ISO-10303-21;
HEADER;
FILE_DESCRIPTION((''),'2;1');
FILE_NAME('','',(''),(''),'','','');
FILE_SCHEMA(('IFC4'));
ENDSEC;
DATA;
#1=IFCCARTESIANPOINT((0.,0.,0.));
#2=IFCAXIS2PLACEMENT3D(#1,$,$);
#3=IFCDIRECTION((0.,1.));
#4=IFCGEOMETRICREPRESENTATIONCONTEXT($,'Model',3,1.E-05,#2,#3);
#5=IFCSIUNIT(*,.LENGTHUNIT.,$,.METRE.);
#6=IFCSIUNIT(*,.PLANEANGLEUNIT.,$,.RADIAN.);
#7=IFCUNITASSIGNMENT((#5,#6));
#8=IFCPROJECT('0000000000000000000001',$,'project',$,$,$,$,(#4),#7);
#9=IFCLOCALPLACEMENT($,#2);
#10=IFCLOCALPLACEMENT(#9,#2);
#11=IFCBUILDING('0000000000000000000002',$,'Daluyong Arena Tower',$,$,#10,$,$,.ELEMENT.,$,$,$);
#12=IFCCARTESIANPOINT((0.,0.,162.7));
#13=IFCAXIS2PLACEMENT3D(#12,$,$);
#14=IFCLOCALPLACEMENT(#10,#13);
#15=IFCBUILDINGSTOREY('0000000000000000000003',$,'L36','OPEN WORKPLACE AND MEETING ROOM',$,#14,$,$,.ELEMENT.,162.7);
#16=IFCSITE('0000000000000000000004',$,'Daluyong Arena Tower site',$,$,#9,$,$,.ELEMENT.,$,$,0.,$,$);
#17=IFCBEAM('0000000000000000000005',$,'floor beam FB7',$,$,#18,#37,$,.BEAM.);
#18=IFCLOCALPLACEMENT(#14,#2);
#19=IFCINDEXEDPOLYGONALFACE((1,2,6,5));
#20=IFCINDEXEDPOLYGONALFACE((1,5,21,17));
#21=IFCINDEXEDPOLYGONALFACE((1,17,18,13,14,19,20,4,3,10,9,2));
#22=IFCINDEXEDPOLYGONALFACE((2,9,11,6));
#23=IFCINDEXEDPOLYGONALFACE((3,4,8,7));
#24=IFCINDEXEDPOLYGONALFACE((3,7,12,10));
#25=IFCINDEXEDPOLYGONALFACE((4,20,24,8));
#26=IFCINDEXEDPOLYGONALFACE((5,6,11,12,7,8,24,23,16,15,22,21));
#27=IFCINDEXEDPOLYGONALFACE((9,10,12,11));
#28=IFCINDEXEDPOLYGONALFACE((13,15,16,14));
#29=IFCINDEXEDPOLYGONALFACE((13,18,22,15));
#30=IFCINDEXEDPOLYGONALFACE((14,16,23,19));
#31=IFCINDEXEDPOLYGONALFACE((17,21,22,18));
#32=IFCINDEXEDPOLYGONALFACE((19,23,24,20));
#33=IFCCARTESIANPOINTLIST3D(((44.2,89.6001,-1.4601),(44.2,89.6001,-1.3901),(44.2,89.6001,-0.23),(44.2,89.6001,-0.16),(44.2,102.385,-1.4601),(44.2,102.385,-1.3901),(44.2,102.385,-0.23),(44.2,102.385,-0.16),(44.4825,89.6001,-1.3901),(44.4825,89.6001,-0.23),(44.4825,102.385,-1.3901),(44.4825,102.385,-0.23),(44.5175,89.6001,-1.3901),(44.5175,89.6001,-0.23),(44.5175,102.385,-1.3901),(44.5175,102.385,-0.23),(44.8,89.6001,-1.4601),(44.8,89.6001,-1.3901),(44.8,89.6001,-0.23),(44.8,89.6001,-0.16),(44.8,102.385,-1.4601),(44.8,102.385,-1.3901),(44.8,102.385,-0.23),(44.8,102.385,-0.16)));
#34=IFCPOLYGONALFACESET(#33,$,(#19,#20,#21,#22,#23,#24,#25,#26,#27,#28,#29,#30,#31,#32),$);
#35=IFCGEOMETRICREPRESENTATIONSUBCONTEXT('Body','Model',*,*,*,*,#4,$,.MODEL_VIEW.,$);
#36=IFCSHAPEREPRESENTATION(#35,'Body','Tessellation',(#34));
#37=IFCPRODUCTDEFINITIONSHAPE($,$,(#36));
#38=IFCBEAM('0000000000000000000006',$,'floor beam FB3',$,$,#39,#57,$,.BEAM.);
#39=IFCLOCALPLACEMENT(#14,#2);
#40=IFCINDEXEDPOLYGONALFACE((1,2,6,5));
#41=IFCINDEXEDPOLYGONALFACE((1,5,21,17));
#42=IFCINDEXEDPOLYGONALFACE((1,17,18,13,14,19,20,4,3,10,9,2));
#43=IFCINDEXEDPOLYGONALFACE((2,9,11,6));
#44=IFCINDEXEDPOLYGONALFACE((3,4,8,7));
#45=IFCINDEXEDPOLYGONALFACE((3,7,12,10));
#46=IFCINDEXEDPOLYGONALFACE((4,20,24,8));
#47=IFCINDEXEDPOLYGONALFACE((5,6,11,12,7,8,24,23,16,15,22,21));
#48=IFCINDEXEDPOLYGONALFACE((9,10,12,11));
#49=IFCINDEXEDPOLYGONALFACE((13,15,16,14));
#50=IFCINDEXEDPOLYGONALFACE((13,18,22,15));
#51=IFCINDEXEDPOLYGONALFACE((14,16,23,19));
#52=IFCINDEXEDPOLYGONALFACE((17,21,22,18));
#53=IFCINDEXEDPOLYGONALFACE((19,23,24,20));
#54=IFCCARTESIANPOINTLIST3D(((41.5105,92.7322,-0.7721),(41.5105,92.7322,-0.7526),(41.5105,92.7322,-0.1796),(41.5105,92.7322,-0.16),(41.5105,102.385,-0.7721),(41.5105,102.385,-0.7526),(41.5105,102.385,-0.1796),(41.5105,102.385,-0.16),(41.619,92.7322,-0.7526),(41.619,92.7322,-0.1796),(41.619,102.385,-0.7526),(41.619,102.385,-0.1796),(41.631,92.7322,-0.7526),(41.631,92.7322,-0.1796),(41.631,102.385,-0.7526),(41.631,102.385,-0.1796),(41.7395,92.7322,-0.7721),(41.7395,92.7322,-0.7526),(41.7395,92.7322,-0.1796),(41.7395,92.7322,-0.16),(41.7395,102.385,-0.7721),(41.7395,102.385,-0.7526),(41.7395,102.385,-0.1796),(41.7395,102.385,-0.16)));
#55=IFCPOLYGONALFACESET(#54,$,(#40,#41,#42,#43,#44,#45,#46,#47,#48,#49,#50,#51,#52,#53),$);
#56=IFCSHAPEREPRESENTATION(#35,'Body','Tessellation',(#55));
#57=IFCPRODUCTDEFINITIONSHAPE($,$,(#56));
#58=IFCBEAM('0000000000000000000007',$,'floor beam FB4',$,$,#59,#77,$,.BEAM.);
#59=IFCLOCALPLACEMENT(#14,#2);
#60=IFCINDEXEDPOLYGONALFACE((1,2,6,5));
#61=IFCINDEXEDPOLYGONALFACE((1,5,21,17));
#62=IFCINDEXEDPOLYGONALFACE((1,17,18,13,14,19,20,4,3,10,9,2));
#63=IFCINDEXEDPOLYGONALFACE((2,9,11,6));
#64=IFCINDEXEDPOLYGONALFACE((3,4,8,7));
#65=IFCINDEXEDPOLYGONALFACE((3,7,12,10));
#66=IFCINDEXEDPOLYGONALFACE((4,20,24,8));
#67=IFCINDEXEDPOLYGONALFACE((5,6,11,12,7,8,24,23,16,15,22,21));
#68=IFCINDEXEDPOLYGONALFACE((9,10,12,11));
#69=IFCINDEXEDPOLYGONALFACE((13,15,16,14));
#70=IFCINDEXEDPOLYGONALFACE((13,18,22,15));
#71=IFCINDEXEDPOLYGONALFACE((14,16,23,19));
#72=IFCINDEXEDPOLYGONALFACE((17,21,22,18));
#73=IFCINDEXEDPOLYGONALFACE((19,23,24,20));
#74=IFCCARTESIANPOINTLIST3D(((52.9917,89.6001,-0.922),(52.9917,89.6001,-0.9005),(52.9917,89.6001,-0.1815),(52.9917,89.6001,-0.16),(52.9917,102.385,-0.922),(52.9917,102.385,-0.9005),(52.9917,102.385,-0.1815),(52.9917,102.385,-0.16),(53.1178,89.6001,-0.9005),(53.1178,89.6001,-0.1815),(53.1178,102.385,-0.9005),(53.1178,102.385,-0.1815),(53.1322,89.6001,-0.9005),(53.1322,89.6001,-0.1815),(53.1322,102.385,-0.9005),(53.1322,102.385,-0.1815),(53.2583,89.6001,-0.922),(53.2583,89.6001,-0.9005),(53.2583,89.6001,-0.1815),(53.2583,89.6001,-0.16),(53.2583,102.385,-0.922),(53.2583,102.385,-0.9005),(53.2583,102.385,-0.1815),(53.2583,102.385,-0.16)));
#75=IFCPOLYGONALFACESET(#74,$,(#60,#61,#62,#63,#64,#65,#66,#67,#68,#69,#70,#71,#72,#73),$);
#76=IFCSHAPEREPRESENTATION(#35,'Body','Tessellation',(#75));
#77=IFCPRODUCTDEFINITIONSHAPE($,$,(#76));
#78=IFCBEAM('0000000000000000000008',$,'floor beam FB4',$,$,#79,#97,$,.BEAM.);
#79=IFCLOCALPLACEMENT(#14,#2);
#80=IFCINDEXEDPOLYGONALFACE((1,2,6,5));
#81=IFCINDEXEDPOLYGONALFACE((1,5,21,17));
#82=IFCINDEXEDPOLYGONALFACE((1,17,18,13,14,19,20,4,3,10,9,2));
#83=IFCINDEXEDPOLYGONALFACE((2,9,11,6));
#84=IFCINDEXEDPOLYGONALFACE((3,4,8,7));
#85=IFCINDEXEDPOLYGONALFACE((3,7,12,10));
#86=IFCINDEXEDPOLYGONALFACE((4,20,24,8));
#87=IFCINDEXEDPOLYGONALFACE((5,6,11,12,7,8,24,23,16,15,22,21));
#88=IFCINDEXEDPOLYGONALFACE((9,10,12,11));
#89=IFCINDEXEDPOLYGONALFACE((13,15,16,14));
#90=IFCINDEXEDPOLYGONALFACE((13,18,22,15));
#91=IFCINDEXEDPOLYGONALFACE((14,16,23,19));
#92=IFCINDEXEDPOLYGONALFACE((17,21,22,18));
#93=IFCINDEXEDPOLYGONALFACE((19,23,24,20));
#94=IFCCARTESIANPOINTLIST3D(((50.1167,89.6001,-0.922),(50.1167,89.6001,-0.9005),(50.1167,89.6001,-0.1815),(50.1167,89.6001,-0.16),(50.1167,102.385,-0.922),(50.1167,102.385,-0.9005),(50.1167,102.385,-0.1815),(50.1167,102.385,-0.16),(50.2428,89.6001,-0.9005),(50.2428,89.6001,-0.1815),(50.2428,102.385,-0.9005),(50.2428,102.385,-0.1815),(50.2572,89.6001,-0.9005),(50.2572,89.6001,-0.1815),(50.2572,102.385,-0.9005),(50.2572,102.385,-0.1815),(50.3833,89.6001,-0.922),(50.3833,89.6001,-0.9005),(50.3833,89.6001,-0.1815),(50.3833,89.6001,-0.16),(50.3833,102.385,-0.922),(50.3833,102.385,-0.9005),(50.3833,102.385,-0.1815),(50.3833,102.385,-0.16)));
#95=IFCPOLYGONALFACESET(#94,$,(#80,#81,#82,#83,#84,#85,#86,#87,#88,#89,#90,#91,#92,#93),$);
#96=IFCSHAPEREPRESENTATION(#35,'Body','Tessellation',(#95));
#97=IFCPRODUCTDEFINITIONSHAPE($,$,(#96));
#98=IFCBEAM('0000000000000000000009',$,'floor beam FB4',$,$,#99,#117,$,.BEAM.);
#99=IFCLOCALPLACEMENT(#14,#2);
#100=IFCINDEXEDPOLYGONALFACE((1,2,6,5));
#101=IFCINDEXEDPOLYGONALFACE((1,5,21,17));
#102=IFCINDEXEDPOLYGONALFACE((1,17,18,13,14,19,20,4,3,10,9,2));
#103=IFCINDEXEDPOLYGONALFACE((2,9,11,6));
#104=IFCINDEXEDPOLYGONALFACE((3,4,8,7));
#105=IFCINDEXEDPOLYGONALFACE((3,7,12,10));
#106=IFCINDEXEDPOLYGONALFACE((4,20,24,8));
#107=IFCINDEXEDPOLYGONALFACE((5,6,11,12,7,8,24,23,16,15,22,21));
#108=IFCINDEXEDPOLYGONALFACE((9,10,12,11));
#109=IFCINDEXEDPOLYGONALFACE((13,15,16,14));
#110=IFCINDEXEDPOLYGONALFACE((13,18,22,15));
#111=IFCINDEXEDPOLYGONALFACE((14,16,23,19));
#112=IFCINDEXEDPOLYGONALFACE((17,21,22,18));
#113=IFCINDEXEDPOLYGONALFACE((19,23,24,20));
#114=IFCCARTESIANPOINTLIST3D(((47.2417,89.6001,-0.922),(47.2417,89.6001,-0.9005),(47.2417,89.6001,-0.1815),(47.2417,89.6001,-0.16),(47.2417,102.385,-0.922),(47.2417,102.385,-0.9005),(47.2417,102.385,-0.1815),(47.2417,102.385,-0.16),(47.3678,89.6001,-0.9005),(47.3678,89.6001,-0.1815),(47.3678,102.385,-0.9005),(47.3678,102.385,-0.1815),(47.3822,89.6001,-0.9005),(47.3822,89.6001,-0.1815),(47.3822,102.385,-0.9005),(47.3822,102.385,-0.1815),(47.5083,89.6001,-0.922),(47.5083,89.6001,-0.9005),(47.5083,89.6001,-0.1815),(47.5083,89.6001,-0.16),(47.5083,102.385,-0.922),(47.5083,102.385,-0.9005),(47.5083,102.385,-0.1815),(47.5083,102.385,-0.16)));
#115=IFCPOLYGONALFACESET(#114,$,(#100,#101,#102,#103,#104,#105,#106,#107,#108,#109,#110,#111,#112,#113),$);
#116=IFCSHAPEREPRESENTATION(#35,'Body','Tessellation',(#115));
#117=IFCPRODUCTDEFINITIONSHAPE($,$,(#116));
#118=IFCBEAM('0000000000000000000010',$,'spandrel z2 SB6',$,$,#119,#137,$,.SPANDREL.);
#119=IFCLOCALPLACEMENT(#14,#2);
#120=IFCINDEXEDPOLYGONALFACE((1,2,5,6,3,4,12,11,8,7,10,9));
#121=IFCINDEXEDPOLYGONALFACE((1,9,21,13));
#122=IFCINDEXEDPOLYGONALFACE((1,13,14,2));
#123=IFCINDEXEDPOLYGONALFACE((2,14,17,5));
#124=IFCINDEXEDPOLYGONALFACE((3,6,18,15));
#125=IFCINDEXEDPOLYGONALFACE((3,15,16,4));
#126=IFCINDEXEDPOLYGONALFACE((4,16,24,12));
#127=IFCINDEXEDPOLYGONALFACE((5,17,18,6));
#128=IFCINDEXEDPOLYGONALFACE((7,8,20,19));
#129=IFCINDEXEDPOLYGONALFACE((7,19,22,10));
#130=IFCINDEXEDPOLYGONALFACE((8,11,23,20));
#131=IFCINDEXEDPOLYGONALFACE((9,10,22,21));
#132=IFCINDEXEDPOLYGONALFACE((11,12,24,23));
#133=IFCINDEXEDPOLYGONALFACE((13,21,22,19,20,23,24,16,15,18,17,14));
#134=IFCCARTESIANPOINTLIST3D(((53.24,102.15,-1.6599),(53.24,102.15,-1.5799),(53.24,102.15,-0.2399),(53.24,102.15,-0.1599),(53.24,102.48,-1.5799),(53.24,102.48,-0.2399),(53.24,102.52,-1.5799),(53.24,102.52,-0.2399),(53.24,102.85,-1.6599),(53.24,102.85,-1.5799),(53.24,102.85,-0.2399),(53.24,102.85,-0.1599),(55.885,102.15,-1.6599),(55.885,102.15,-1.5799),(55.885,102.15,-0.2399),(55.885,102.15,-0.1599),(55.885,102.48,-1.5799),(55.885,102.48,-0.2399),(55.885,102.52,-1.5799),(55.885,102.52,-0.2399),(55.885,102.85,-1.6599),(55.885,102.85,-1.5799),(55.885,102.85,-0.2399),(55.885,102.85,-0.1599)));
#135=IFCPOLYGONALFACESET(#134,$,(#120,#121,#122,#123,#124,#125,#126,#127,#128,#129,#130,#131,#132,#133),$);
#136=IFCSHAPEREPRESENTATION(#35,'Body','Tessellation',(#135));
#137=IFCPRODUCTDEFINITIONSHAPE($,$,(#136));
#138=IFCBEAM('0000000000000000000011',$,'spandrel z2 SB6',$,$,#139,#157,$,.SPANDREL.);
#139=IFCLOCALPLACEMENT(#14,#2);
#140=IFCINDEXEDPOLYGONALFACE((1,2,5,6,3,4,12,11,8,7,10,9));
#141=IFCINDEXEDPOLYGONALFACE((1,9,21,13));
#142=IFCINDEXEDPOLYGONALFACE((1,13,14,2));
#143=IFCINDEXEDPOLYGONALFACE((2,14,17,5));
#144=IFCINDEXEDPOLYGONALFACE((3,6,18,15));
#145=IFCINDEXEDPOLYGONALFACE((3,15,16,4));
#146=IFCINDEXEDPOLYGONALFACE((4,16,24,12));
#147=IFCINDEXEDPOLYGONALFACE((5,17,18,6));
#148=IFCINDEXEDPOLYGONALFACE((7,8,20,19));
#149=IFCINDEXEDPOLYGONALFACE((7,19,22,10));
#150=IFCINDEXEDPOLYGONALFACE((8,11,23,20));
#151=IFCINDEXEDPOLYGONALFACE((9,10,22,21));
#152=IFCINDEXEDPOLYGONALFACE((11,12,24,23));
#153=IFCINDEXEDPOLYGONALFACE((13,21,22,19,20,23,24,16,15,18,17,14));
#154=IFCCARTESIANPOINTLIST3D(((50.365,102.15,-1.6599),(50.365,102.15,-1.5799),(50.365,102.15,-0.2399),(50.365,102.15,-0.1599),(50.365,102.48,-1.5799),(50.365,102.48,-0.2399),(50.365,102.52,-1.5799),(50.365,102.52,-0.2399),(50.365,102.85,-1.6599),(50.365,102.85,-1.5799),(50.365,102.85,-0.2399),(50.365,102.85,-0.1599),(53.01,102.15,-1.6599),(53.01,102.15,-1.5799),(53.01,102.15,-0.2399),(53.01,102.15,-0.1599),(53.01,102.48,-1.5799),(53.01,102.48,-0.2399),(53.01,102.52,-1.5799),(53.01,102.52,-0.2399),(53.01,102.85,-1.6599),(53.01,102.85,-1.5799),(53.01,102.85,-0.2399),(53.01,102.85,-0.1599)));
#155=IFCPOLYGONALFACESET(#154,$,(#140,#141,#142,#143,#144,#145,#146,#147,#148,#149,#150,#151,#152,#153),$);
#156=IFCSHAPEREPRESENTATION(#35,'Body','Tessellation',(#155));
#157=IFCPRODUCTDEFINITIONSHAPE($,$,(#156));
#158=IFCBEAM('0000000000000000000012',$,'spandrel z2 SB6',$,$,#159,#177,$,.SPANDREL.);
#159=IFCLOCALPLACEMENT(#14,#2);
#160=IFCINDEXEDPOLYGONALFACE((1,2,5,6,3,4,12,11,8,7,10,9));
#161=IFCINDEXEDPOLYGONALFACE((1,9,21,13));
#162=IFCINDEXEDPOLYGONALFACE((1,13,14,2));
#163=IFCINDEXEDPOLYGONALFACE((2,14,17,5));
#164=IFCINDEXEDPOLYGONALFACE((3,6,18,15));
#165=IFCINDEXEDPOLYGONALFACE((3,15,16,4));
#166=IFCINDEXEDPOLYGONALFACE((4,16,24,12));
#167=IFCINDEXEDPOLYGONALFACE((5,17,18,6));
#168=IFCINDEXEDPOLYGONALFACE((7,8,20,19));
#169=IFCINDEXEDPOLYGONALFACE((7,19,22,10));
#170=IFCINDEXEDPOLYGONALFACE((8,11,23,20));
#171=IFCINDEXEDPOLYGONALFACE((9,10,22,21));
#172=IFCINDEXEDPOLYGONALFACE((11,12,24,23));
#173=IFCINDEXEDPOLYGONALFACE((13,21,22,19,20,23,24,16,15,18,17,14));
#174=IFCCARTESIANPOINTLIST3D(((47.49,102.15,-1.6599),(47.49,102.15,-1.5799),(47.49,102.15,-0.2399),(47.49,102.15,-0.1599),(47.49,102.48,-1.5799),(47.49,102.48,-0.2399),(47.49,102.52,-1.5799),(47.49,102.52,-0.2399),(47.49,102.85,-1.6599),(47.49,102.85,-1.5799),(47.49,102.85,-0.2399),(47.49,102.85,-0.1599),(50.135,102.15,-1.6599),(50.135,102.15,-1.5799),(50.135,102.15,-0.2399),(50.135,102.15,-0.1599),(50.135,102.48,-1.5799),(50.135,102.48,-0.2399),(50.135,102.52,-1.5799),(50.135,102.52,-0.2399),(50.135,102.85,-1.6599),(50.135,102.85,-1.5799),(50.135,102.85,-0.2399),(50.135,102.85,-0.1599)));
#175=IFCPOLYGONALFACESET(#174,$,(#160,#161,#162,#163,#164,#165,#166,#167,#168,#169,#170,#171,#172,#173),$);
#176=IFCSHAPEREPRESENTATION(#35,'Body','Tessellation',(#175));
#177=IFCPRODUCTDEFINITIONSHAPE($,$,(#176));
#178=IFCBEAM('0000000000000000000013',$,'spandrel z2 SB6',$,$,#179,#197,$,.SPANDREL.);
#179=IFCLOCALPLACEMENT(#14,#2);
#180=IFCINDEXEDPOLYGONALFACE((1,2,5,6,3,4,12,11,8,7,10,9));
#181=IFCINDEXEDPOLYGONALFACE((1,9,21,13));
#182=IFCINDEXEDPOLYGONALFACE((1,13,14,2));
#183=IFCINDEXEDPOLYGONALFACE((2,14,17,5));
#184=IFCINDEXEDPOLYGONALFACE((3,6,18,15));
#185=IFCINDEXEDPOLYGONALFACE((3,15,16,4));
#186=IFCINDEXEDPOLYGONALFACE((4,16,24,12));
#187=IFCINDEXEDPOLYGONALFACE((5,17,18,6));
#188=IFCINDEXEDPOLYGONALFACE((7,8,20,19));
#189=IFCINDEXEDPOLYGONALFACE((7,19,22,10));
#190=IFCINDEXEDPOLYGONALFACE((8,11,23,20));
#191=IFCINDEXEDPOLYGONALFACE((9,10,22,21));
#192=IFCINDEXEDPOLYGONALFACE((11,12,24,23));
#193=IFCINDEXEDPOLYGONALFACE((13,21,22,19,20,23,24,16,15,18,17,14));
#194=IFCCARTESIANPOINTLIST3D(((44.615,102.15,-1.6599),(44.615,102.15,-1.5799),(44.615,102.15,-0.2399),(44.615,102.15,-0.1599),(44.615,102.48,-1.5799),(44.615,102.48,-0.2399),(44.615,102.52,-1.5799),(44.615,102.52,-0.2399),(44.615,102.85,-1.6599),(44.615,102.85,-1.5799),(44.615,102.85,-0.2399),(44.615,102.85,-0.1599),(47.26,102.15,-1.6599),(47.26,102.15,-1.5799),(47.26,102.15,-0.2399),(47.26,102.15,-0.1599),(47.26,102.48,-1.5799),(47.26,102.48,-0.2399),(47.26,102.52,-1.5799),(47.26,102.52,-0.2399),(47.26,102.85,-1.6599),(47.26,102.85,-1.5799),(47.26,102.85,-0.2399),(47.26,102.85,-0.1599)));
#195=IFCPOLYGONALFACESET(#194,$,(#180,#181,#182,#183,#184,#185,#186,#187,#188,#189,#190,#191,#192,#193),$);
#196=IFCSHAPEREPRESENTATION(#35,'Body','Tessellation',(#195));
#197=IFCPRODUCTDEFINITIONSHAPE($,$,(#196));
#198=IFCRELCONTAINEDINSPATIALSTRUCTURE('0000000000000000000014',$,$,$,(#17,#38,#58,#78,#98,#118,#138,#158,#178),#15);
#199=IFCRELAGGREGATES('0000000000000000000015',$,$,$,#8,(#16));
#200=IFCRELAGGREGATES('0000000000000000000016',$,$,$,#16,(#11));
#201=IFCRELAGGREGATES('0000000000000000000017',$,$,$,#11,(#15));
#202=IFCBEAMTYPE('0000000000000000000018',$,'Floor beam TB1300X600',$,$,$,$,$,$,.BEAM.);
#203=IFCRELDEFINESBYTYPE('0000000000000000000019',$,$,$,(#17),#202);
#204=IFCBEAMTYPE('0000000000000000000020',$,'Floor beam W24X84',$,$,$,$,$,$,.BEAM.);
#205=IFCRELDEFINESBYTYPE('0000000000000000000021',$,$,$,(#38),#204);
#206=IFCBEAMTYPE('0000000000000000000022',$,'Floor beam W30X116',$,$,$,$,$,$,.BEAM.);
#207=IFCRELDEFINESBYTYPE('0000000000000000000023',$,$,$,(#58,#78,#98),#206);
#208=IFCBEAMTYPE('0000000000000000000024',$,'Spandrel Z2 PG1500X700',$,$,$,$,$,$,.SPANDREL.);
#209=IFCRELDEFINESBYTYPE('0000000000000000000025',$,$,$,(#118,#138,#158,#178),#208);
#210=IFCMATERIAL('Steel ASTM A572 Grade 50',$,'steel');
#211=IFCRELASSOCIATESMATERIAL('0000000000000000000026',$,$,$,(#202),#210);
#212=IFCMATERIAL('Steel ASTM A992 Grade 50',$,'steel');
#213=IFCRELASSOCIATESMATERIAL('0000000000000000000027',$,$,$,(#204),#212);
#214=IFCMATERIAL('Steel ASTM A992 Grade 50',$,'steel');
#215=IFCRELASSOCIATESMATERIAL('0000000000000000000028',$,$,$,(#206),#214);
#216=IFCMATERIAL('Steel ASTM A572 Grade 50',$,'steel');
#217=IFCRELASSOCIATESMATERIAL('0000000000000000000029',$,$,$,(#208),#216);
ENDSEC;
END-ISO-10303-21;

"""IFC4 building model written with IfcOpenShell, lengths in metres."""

from ifc_helpers import new_model, si_unit, direction, frame, origin, origin_2d, place, context, subcontext, project, spatial, i_section, extrude, material, material_profile, profile_set, type_object, element, save


model = new_model("IFC4")

# Units and contexts
model_context = context("Model", 3, precision=1e-05, world=origin(), true_north=direction((0.0, 1.0)))
body_context = subcontext(model_context, "Body", "Model", "MODEL_VIEW")
ifc_project = project(units=[si_unit("LENGTHUNIT", "METRE"), si_unit("PLANEANGLEUNIT", "RADIAN")], contexts=[model_context])

# Site, building, storey
site_placement = place(None, origin())
site = spatial("IfcSite", under=ifc_project, at=site_placement, Name="Daluyong Arena Tower site", CompositionType="ELEMENT", RefElevation=0.0)
building_placement = place(site_placement, origin())
building = spatial("IfcBuilding", under=site, at=building_placement, Name="Daluyong Arena Tower", CompositionType="ELEMENT")
storey_placement = place(building_placement, frame((0.0, 0.0, 162.7)))
storey = spatial("IfcBuildingStorey", under=building, at=storey_placement, Name="L36", Description="OPEN WORKPLACE AND MEETING ROOM", CompositionType="ELEMENT", Elevation=162.7)

# Beams
ifc_material_1 = material(Name="Steel ASTM A572 Grade 50", Category="steel")
ifc_material_profile_1 = material_profile(ifc_material_1, i_section(OverallWidth=0.6001, OverallDepth=1.3, WebThickness=0.035, FlangeThickness=0.07, at=origin_2d()))
ifc_profile_set_1 = profile_set([ifc_material_profile_1], Name="Steel ASTM A572 Grade 50")
beam_type_1 = type_object("IfcBeamType", Name="Floor beam TB1300X600", PredefinedType="BEAM", material=ifc_profile_set_1)
beam_1_placement = place(storey_placement, frame((44.5, 102.385, -0.8101), z_axis=(0.0, -1.0, 0.0), x_axis=(1.0, 0.0, 0.0)))
element("IfcBeam", 1, at=beam_1_placement, inside=storey, type_object=beam_type_1, Name="floor beam FB7", PredefinedType="BEAM", context=body_context, shape_type="SweptSolid", body=[
    extrude(i_section(OverallWidth=0.6001, OverallDepth=1.3, WebThickness=0.035, FlangeThickness=0.07, at=origin_2d()), origin(), (0.0, 0.0, 1.0), 12.7849),
])
ifc_material_2 = material(Name="Steel ASTM A992 Grade 50", Category="steel")
ifc_material_profile_2 = material_profile(ifc_material_2, i_section(OverallWidth=0.229, OverallDepth=0.6121, WebThickness=0.012, FlangeThickness=0.0195, at=origin_2d()))
ifc_profile_set_2 = profile_set([ifc_material_profile_2], Name="Steel ASTM A992 Grade 50")
beam_type_2 = type_object("IfcBeamType", Name="Floor beam W24X84", PredefinedType="BEAM", material=ifc_profile_set_2)
beam_2_placement = place(storey_placement, frame((41.625, 102.385, -0.4661), z_axis=(0.0, -1.0, 0.0), x_axis=(1.0, 0.0, 0.0)))
element("IfcBeam", 2, at=beam_2_placement, inside=storey, type_object=beam_type_2, Name="floor beam FB3", PredefinedType="BEAM", context=body_context, shape_type="SweptSolid", body=[
    extrude(i_section(OverallWidth=0.229, OverallDepth=0.6121, WebThickness=0.012, FlangeThickness=0.0195, at=origin_2d()), origin(), (0.0, 0.0, 1.0), 9.6528),
])
ifc_material_3 = material(Name="Steel ASTM A992 Grade 50", Category="steel")
ifc_material_profile_3 = material_profile(ifc_material_3, i_section(OverallWidth=0.2666, OverallDepth=0.762, WebThickness=0.0144, FlangeThickness=0.0215, at=origin_2d()))
ifc_profile_set_3 = profile_set([ifc_material_profile_3], Name="Steel ASTM A992 Grade 50")
beam_type_3 = type_object("IfcBeamType", Name="Floor beam W30X116", PredefinedType="BEAM", material=ifc_profile_set_3)
for number, where, z_axis, x_axis, name in (
    (3, (53.125, 102.385, -0.541), (0.0, -1.0, 0.0), (1.0, 0.0, 0.0), "floor beam FB4"),
    (4, (50.25, 102.385, -0.541), (0.0, -1.0, 0.0), (1.0, 0.0, 0.0), "floor beam FB4"),
    (5, (47.375, 102.385, -0.541), (0.0, -1.0, 0.0), (1.0, 0.0, 0.0), "floor beam FB4"),
):
    element("IfcBeam", number, at=place(storey_placement, frame(where, z_axis=z_axis, x_axis=x_axis)), inside=storey, type_object=beam_type_3, Name=name, PredefinedType="BEAM", context=body_context, shape_type="SweptSolid", body=[
        extrude(i_section(OverallWidth=0.2666, OverallDepth=0.762, WebThickness=0.0144, FlangeThickness=0.0215, at=origin_2d()), origin(), (0.0, 0.0, 1.0), 12.7849),
    ])
ifc_material_4 = material(Name="Steel ASTM A572 Grade 50", Category="steel")
ifc_material_profile_4 = material_profile(ifc_material_4, i_section(OverallWidth=0.7, OverallDepth=1.5, WebThickness=0.04, FlangeThickness=0.08, at=origin_2d()))
ifc_profile_set_4 = profile_set([ifc_material_profile_4], Name="Steel ASTM A572 Grade 50")
beam_type_4 = type_object("IfcBeamType", Name="Spandrel Z2 PG1500X700", PredefinedType="SPANDREL", material=ifc_profile_set_4)
for number, where, z_axis, x_axis, name in (
    (6, (55.885, 102.5, -0.9099), (-1.0, 0.0, 0.0), (0.0, -1.0, 0.0), "spandrel z2 SB6"),
    (7, (53.01, 102.5, -0.9099), (-1.0, 0.0, 0.0), (0.0, -1.0, 0.0), "spandrel z2 SB6"),
    (8, (50.135, 102.5, -0.9099), (-1.0, 0.0, 0.0), (0.0, -1.0, 0.0), "spandrel z2 SB6"),
    (9, (47.26, 102.5, -0.9099), (-1.0, 0.0, 0.0), (0.0, -1.0, 0.0), "spandrel z2 SB6"),
):
    element("IfcBeam", number, at=place(storey_placement, frame(where, z_axis=z_axis, x_axis=x_axis)), inside=storey, type_object=beam_type_4, Name=name, PredefinedType="SPANDREL", context=body_context, shape_type="SweptSolid", body=[
        extrude(i_section(OverallWidth=0.7, OverallDepth=1.5, WebThickness=0.04, FlangeThickness=0.08, at=origin_2d()), origin(), (0.0, 0.0, 1.0), 2.645),
    ])

save(model, "model.ifc")
